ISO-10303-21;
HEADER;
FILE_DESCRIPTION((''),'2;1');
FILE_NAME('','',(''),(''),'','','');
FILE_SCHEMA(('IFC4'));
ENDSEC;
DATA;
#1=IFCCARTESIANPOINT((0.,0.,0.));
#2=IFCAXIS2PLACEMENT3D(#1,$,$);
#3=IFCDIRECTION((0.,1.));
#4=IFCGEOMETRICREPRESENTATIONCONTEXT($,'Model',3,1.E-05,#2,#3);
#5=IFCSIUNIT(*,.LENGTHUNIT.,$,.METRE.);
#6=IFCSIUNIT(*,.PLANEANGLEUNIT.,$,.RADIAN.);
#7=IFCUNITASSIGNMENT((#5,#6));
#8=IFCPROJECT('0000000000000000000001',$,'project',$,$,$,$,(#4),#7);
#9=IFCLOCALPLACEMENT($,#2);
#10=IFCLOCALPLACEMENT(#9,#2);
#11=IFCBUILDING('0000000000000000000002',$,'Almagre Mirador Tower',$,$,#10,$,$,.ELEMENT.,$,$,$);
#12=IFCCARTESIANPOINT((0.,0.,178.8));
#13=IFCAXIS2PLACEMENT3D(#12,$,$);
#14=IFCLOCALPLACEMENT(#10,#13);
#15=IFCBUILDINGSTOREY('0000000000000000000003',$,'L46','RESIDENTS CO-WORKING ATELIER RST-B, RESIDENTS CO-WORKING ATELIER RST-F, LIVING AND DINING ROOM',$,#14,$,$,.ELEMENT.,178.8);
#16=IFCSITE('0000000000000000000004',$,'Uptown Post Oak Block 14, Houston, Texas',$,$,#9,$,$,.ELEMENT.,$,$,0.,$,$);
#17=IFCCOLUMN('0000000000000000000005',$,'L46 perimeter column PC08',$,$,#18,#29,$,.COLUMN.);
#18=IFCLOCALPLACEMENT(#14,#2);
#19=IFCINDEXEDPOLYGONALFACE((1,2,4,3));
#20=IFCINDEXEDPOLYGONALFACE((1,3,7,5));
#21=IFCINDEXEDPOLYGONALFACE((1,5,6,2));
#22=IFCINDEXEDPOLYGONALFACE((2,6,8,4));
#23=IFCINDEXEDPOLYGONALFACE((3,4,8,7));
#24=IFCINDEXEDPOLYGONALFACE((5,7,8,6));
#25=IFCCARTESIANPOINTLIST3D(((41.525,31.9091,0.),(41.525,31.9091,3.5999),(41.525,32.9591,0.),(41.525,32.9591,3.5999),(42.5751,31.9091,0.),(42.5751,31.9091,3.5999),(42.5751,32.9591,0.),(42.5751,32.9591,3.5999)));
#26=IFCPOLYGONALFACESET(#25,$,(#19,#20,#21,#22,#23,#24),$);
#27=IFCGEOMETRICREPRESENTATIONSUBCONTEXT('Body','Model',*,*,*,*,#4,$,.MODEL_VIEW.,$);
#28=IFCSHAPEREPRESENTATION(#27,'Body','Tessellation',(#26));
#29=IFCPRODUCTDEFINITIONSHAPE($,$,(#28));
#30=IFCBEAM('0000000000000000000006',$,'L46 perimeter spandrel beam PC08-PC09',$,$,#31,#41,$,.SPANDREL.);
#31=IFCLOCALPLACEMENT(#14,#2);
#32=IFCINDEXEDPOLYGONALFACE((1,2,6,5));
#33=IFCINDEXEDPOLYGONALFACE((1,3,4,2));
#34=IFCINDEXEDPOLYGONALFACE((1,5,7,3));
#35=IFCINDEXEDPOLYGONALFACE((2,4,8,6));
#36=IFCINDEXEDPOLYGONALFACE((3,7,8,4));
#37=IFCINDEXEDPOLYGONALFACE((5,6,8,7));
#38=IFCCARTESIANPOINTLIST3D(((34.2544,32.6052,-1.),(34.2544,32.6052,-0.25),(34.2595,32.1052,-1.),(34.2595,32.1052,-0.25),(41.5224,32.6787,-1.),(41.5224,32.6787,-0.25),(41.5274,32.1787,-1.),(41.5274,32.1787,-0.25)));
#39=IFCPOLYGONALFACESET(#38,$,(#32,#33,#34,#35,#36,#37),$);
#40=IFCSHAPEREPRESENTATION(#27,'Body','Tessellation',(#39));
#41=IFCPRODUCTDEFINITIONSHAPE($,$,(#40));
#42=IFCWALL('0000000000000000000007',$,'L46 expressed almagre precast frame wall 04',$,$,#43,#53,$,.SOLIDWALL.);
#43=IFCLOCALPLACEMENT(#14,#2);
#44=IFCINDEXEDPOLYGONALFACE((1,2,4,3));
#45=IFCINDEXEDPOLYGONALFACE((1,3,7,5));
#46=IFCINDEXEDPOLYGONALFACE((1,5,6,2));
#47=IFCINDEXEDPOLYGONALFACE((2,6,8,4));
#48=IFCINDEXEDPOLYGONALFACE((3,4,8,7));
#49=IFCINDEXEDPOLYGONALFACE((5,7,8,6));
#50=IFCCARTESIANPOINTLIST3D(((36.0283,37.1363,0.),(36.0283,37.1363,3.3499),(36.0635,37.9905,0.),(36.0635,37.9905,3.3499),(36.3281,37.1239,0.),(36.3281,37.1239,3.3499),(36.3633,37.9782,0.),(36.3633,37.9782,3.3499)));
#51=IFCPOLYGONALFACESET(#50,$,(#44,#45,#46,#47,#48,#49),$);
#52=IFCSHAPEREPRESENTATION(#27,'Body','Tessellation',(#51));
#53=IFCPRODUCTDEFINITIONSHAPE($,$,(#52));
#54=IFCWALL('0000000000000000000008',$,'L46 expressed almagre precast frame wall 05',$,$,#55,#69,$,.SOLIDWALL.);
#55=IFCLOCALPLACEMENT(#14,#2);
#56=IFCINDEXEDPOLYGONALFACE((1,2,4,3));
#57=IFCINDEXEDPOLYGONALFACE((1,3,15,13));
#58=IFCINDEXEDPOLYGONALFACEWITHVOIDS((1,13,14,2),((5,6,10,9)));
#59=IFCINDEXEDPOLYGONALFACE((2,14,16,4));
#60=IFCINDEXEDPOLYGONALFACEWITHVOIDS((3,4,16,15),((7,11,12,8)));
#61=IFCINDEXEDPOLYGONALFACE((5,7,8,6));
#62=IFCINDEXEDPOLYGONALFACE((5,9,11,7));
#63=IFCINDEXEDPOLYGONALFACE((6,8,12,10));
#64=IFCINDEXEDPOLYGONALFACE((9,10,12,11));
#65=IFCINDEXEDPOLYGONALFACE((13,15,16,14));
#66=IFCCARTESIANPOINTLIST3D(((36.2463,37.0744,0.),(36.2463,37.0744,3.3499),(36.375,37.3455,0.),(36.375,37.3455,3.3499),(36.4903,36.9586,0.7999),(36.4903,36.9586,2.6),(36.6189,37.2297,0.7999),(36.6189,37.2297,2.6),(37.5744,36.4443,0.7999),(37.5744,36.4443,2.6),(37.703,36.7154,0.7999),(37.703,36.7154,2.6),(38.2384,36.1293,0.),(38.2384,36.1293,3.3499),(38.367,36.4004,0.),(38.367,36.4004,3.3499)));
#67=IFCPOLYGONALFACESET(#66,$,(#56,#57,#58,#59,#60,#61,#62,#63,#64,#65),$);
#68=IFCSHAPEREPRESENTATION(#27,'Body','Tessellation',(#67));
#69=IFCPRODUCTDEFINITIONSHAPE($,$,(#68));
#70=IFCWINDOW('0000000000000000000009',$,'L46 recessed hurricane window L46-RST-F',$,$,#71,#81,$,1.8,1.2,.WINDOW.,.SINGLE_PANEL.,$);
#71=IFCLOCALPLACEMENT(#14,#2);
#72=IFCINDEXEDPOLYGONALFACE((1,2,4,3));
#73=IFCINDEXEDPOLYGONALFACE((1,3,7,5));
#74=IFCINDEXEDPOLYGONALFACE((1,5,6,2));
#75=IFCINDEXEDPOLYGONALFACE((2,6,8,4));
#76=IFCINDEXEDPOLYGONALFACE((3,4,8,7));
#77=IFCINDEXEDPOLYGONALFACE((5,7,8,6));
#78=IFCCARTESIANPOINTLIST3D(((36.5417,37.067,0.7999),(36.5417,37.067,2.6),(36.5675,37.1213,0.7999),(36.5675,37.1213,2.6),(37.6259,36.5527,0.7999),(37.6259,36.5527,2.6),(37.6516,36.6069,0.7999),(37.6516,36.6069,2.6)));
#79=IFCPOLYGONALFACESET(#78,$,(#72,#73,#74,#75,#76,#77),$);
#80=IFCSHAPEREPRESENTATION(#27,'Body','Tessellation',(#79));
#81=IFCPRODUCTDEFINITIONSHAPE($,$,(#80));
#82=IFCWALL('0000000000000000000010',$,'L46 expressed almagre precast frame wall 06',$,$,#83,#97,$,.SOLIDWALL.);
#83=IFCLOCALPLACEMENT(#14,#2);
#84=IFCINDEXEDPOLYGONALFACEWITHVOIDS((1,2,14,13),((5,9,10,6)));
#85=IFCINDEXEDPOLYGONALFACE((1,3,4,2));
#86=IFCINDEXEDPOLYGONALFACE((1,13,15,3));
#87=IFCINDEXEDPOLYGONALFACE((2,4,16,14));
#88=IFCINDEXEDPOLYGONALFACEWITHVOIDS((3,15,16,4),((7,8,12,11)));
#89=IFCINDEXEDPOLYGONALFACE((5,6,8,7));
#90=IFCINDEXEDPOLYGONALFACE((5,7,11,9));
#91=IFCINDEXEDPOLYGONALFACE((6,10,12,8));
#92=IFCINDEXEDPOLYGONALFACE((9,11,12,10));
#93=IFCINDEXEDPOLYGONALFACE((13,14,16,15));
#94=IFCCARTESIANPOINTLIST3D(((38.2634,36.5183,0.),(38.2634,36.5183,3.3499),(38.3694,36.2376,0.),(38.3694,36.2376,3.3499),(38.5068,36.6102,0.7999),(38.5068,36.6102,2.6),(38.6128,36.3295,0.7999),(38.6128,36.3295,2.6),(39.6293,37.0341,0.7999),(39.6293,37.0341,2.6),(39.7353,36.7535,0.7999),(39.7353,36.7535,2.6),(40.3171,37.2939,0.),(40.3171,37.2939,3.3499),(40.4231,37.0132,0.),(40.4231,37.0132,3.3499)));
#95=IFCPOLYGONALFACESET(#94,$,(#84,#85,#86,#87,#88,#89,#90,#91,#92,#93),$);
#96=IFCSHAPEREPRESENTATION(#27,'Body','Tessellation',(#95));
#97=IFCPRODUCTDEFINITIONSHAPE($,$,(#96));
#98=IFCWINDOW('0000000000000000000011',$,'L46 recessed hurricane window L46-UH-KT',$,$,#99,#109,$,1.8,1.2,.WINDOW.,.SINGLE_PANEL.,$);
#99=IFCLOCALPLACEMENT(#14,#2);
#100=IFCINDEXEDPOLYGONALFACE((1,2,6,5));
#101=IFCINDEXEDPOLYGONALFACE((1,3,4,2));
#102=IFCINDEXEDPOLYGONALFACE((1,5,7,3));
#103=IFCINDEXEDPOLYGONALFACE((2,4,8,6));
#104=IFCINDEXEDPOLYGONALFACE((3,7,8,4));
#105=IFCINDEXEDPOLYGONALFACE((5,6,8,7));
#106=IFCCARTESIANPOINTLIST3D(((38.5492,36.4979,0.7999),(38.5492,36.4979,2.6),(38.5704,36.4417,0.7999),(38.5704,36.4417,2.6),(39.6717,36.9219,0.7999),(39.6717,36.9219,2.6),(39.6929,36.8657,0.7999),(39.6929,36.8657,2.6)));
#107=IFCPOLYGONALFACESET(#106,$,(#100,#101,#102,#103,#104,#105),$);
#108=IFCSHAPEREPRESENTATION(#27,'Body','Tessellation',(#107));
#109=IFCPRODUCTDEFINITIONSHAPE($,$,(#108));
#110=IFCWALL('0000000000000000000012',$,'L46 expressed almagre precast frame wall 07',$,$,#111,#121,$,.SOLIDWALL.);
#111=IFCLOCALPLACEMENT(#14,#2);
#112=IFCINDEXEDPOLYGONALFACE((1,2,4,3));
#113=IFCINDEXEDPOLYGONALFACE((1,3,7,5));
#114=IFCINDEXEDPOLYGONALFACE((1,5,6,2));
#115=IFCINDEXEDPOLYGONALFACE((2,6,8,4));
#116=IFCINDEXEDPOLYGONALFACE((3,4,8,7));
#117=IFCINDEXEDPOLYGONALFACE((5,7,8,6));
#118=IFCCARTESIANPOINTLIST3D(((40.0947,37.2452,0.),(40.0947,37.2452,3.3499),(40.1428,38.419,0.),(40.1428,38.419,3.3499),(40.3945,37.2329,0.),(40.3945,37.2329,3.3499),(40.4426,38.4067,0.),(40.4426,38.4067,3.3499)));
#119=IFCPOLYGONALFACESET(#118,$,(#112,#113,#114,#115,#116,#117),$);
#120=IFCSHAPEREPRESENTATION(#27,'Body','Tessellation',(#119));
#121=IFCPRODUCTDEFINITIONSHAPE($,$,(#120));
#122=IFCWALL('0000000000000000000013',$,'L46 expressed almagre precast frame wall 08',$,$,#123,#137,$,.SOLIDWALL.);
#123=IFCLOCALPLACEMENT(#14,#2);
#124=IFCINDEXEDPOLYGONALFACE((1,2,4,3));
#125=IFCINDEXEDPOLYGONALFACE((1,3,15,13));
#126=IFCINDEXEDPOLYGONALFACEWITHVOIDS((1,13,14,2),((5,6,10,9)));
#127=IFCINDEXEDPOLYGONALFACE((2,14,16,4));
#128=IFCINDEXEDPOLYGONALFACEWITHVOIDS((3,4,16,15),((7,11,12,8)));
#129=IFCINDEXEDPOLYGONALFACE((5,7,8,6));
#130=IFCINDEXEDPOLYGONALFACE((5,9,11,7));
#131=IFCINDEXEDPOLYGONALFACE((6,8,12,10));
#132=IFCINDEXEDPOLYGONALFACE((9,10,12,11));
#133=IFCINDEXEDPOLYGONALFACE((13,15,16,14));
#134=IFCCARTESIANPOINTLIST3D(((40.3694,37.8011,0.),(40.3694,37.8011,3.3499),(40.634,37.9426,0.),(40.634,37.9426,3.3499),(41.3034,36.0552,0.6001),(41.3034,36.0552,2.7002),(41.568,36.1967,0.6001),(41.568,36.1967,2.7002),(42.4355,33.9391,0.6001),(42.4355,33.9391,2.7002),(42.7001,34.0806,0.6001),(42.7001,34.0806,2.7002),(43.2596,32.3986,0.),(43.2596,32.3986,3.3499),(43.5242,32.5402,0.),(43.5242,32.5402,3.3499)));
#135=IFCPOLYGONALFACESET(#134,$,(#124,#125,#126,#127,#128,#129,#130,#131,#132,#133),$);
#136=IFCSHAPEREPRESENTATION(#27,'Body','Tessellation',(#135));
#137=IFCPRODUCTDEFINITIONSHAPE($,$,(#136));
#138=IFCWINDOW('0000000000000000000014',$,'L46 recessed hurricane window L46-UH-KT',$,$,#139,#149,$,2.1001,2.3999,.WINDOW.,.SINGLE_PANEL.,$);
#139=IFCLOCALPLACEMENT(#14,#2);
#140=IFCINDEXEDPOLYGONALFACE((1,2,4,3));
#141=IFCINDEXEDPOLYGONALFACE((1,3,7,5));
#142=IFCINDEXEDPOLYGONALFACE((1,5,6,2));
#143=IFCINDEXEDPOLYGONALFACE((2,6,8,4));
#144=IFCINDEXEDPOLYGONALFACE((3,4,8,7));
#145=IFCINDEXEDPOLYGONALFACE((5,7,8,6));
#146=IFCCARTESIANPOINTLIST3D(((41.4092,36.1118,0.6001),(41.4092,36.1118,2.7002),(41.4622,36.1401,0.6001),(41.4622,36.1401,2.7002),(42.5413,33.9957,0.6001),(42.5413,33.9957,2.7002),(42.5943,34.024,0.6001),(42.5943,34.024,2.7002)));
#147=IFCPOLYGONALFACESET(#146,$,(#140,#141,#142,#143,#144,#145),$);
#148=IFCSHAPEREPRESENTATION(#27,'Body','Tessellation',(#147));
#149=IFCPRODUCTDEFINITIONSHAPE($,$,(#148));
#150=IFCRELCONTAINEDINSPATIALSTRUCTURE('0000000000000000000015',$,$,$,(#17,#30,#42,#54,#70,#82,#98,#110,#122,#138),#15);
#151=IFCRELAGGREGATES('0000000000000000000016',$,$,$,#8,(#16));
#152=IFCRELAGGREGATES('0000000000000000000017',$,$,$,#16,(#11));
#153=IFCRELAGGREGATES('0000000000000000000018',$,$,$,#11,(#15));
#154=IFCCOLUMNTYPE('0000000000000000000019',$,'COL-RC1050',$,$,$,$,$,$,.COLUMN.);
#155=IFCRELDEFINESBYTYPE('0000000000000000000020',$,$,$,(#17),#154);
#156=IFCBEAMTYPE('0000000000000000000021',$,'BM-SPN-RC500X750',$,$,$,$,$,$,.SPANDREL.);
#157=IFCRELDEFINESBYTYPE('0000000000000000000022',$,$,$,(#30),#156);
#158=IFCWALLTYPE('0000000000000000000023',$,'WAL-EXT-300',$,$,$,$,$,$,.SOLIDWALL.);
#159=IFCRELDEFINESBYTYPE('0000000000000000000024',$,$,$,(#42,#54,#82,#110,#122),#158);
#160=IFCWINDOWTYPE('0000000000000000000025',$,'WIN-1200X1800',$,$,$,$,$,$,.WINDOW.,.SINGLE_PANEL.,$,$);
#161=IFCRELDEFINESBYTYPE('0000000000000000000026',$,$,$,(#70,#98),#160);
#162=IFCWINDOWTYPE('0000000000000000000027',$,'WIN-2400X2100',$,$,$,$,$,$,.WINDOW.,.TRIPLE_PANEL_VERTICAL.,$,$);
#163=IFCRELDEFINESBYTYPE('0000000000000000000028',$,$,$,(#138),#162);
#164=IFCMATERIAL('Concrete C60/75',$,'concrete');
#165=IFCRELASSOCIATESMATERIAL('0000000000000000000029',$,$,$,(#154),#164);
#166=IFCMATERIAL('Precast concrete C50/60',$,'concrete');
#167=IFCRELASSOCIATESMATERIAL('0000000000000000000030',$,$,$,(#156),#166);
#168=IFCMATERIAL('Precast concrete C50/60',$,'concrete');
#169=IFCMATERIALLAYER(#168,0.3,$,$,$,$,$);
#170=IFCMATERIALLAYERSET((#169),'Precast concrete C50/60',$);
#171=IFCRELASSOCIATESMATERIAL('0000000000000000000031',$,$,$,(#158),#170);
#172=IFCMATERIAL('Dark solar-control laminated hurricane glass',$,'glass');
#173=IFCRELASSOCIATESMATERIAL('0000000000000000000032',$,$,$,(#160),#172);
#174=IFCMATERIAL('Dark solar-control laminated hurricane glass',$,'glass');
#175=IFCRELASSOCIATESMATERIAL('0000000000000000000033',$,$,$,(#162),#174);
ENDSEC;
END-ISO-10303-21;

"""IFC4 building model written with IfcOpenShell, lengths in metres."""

from ifc_helpers import new_model, si_unit, direction, frame, frame_2d, origin, origin_2d, place, context, subcontext, project, spatial, rectangle, extrude, material, layer, layer_set, material_profile, profile_set, type_object, element, fill, save


model = new_model("IFC4")

# Units and contexts
model_context = context("Model", 3, precision=1e-05, world=origin(), true_north=direction((0.0, 1.0)))
body_context = subcontext(model_context, "Body", "Model", "MODEL_VIEW")
ifc_project = project(units=[si_unit("LENGTHUNIT", "METRE"), si_unit("PLANEANGLEUNIT", "RADIAN")], contexts=[model_context])

# Site, building, storey
site_placement = place(None, origin())
site = spatial("IfcSite", under=ifc_project, at=site_placement, Name="Uptown Post Oak Block 14, Houston, Texas", CompositionType="ELEMENT", RefElevation=0.0)
building_placement = place(site_placement, origin())
building = spatial("IfcBuilding", under=site, at=building_placement, Name="Almagre Mirador Tower", CompositionType="ELEMENT")
storey_placement = place(building_placement, frame((0.0, 0.0, 178.8)))
storey = spatial("IfcBuildingStorey", under=building, at=storey_placement, Name="L46", Description="RESIDENTS CO-WORKING ATELIER RST-B, RESIDENTS CO-WORKING ATELIER RST-F, LIVING AND DINING ROOM", CompositionType="ELEMENT", Elevation=178.8)

# Column
ifc_material_1 = material(Name="Concrete C60/75", Category="concrete")
ifc_material_profile_1 = material_profile(ifc_material_1, rectangle(XDim=1.05, YDim=1.05, at=origin_2d()), Name="RC1050X1050")
ifc_profile_set_1 = profile_set([ifc_material_profile_1], Name="Concrete C60/75")
column_type = type_object("IfcColumnType", Name="COL-RC1050", PredefinedType="COLUMN", material=ifc_profile_set_1)
column_placement = place(storey_placement, frame((42.05, 32.4341, 0.0), z_axis=(0.0, 0.0, 1.0), x_axis=(1.0, 0.0, 0.0)))
element("IfcColumn", 1, at=column_placement, inside=storey, type_object=column_type, Name="L46 perimeter column PC08", PredefinedType="COLUMN", context=body_context, shape_type="SweptSolid", body=[
    extrude(rectangle(XDim=1.05, YDim=1.05, at=origin_2d()), origin(), (0.0, 0.0, 1.0), 3.5999),
])

# Beam
ifc_material_2 = material(Name="Precast concrete C50/60", Category="concrete")
ifc_material_profile_2 = material_profile(ifc_material_2, rectangle(XDim=0.5, YDim=0.75, at=origin_2d()), Name="RC500X750")
ifc_profile_set_2 = profile_set([ifc_material_profile_2], Name="Precast concrete C50/60")
beam_type = type_object("IfcBeamType", Name="BM-SPN-RC500X750", PredefinedType="SPANDREL", material=ifc_profile_set_2)
beam_placement = place(storey_placement, frame((41.5249, 32.4287, -0.625), z_axis=(-0.999949, -0.010111, 0.0), x_axis=(0.010111, -0.999949, 0.0)))
element("IfcBeam", 2, at=beam_placement, inside=storey, type_object=beam_type, Name="L46 perimeter spandrel beam PC08-PC09", PredefinedType="SPANDREL", context=body_context, shape_type="SweptSolid", body=[
    extrude(rectangle(XDim=0.5, YDim=0.75, at=origin_2d()), origin(), (0.0, 0.0, 1.0), 7.2683),
])

# Wall
ifc_material_3 = material(Name="Precast concrete C50/60", Category="concrete")
ifc_layer_1 = layer(ifc_material_3, 0.3)
ifc_layer_set_1 = layer_set([ifc_layer_1], Name="Precast concrete C50/60")
wall_type_1 = type_object("IfcWallType", Name="WAL-EXT-300", PredefinedType="SOLIDWALL", material=ifc_layer_set_1)
wall_1_placement = place(storey_placement, frame((36.2134, 37.9844, 0.0), z_axis=(0.0, 0.0, 1.0), x_axis=(-0.04112, -0.999154, 0.0)))
element("IfcWall", 3, at=wall_1_placement, inside=storey, type_object=wall_type_1, Name="L46 expressed almagre precast frame wall 04", PredefinedType="SOLIDWALL", context=body_context, shape_type="SweptSolid", body=[
    extrude(rectangle(XDim=0.855, YDim=0.3, at=frame_2d((0.4275, 0.0))), origin(), (0.0, 0.0, 1.0), 3.3499),
])

# Walls, openings, windows
wall_2_placement = place(storey_placement, frame((36.3105, 37.21, 0.0), z_axis=(0.0, 0.0, 1.0), x_axis=(0.903472, -0.428648, 0.0)))
wall_2 = element("IfcWall", 4, at=wall_2_placement, inside=storey, type_object=wall_type_1, Name="L46 expressed almagre precast frame wall 05", PredefinedType="SOLIDWALL", context=body_context, shape_type="SweptSolid", body=[
    extrude(rectangle(XDim=2.2048, YDim=0.3, at=frame_2d((1.1025, 0.0))), origin(), (0.0, 0.0, 1.0), 3.3499),
])
opening_1_placement = place(wall_2_placement, frame((0.27, 0.0, 0.8)))
opening_1 = element("IfcOpeningElement", 5, at=opening_1_placement, cuts=wall_2, PredefinedType="OPENING", context=body_context, shape_type="SweptSolid", body=[
    extrude(rectangle(XDim=1.2, YDim=1.8, at=frame_2d((0.6001, 0.8999))), frame((0.0, 0.1599, 0.0), z_axis=(0.0, -1.0, 0.0), x_axis=(1.0, 0.0, 0.0)), (0.0, 0.0, 1.0), 0.32),
])
ifc_material_4 = material(Name="Dark solar-control laminated hurricane glass", Category="glass")
window_type_1 = type_object("IfcWindowType", Name="WIN-1200X1800", PartitioningType="SINGLE_PANEL", PredefinedType="WINDOW", material=ifc_material_4)
window_1_placement = place(opening_1_placement, origin())
window_1 = element("IfcWindow", 6, at=window_1_placement, inside=storey, type_object=window_type_1, Name="L46 recessed hurricane window L46-RST-F", OverallHeight=1.8, OverallWidth=1.2, PartitioningType="SINGLE_PANEL", PredefinedType="WINDOW", context=body_context, shape_type="SweptSolid", body=[
    extrude(rectangle(XDim=1.2, YDim=1.8, at=frame_2d((0.6001, 0.8999))), frame((0.0, 0.03, 0.0), z_axis=(0.0, -1.0, 0.0), x_axis=(1.0, 0.0, 0.0)), (0.0, 0.0, 1.0), 0.0601),
])
fill(opening_1, window_1)
wall_3_placement = place(storey_placement, frame((38.3164, 36.3779, 0.0), z_axis=(0.0, 0.0, 1.0), x_axis=(0.935504, 0.353316, 0.0)))
wall_3 = element("IfcWall", 7, at=wall_3_placement, inside=storey, type_object=wall_type_1, Name="L46 expressed almagre precast frame wall 06", PredefinedType="SOLIDWALL", context=body_context, shape_type="SweptSolid", body=[
    extrude(rectangle(XDim=2.1953, YDim=0.3, at=frame_2d((1.0977, 0.0))), origin(), (0.0, 0.0, 1.0), 3.3499),
])
opening_2_placement = place(wall_3_placement, frame((0.26, 0.0, 0.8)))
opening_2 = element("IfcOpeningElement", 8, at=opening_2_placement, cuts=wall_3, PredefinedType="OPENING", context=body_context, shape_type="SweptSolid", body=[
    extrude(rectangle(XDim=1.2, YDim=1.8, at=frame_2d((0.6001, 0.8999))), frame((0.0, 0.1599, 0.0), z_axis=(0.0, -1.0, 0.0), x_axis=(1.0, 0.0, 0.0)), (0.0, 0.0, 1.0), 0.32),
])
window_2_placement = place(opening_2_placement, origin())
window_2 = element("IfcWindow", 9, at=window_2_placement, inside=storey, type_object=window_type_1, Name="L46 recessed hurricane window L46-UH-KT", OverallHeight=1.8, OverallWidth=1.2, PartitioningType="SINGLE_PANEL", PredefinedType="WINDOW", context=body_context, shape_type="SweptSolid", body=[
    extrude(rectangle(XDim=1.2, YDim=1.8, at=frame_2d((0.6001, 0.8999))), frame((0.0, 0.03, 0.0), z_axis=(0.0, -1.0, 0.0), x_axis=(1.0, 0.0, 0.0)), (0.0, 0.0, 1.0), 0.0601),
])
fill(opening_2, window_2)

# Wall
wall_4_placement = place(storey_placement, frame((40.2446, 37.239, 0.0), z_axis=(0.0, 0.0, 1.0), x_axis=(0.040939, 0.999162, 0.0)))
element("IfcWall", 10, at=wall_4_placement, inside=storey, type_object=wall_type_1, Name="L46 expressed almagre precast frame wall 07", PredefinedType="SOLIDWALL", context=body_context, shape_type="SweptSolid", body=[
    extrude(rectangle(XDim=1.1748, YDim=0.3, at=frame_2d((0.5874, 0.0))), origin(), (0.0, 0.0, 1.0), 3.3499),
])

# Wall, opening, window
wall_5_placement = place(storey_placement, frame((40.5017, 37.8718, 0.0), z_axis=(0.0, 0.0, 1.0), x_axis=(0.471717, -0.88175, 0.0)))
wall_5 = element("IfcWall", 11, at=wall_5_placement, inside=storey, type_object=wall_type_1, Name="L46 expressed almagre precast frame wall 08", PredefinedType="SOLIDWALL", context=body_context, shape_type="SweptSolid", body=[
    extrude(rectangle(XDim=6.127, YDim=0.3, at=frame_2d((3.0635, 0.0))), origin(), (0.0, 0.0, 1.0), 3.3499),
])
opening_3_placement = place(wall_5_placement, frame((1.98, 0.0, 0.6001)))
opening_3 = element("IfcOpeningElement", 12, at=opening_3_placement, cuts=wall_5, PredefinedType="OPENING", context=body_context, shape_type="SweptSolid", body=[
    extrude(rectangle(XDim=2.3999, YDim=2.1001, at=frame_2d((1.2, 1.05))), frame((0.0, 0.1599, 0.0), z_axis=(0.0, -1.0, 0.0), x_axis=(1.0, 0.0, 0.0)), (0.0, 0.0, 1.0), 0.32),
])
ifc_material_5 = material(Name="Dark solar-control laminated hurricane glass", Category="glass")
window_type_2 = type_object("IfcWindowType", Name="WIN-2400X2100", PartitioningType="TRIPLE_PANEL_VERTICAL", PredefinedType="WINDOW", material=ifc_material_5)
window_3_placement = place(opening_3_placement, origin())
window_3 = element("IfcWindow", 13, at=window_3_placement, inside=storey, type_object=window_type_2, Name="L46 recessed hurricane window L46-UH-KT", OverallHeight=2.1001, OverallWidth=2.3999, PartitioningType="SINGLE_PANEL", PredefinedType="WINDOW", context=body_context, shape_type="SweptSolid", body=[
    extrude(rectangle(XDim=2.3999, YDim=2.1001, at=frame_2d((1.2, 1.05))), frame((0.0, 0.03, 0.0), z_axis=(0.0, -1.0, 0.0), x_axis=(1.0, 0.0, 0.0)), (0.0, 0.0, 1.0), 0.0601),
])
fill(opening_3, window_3)

save(model, "model.ifc")
